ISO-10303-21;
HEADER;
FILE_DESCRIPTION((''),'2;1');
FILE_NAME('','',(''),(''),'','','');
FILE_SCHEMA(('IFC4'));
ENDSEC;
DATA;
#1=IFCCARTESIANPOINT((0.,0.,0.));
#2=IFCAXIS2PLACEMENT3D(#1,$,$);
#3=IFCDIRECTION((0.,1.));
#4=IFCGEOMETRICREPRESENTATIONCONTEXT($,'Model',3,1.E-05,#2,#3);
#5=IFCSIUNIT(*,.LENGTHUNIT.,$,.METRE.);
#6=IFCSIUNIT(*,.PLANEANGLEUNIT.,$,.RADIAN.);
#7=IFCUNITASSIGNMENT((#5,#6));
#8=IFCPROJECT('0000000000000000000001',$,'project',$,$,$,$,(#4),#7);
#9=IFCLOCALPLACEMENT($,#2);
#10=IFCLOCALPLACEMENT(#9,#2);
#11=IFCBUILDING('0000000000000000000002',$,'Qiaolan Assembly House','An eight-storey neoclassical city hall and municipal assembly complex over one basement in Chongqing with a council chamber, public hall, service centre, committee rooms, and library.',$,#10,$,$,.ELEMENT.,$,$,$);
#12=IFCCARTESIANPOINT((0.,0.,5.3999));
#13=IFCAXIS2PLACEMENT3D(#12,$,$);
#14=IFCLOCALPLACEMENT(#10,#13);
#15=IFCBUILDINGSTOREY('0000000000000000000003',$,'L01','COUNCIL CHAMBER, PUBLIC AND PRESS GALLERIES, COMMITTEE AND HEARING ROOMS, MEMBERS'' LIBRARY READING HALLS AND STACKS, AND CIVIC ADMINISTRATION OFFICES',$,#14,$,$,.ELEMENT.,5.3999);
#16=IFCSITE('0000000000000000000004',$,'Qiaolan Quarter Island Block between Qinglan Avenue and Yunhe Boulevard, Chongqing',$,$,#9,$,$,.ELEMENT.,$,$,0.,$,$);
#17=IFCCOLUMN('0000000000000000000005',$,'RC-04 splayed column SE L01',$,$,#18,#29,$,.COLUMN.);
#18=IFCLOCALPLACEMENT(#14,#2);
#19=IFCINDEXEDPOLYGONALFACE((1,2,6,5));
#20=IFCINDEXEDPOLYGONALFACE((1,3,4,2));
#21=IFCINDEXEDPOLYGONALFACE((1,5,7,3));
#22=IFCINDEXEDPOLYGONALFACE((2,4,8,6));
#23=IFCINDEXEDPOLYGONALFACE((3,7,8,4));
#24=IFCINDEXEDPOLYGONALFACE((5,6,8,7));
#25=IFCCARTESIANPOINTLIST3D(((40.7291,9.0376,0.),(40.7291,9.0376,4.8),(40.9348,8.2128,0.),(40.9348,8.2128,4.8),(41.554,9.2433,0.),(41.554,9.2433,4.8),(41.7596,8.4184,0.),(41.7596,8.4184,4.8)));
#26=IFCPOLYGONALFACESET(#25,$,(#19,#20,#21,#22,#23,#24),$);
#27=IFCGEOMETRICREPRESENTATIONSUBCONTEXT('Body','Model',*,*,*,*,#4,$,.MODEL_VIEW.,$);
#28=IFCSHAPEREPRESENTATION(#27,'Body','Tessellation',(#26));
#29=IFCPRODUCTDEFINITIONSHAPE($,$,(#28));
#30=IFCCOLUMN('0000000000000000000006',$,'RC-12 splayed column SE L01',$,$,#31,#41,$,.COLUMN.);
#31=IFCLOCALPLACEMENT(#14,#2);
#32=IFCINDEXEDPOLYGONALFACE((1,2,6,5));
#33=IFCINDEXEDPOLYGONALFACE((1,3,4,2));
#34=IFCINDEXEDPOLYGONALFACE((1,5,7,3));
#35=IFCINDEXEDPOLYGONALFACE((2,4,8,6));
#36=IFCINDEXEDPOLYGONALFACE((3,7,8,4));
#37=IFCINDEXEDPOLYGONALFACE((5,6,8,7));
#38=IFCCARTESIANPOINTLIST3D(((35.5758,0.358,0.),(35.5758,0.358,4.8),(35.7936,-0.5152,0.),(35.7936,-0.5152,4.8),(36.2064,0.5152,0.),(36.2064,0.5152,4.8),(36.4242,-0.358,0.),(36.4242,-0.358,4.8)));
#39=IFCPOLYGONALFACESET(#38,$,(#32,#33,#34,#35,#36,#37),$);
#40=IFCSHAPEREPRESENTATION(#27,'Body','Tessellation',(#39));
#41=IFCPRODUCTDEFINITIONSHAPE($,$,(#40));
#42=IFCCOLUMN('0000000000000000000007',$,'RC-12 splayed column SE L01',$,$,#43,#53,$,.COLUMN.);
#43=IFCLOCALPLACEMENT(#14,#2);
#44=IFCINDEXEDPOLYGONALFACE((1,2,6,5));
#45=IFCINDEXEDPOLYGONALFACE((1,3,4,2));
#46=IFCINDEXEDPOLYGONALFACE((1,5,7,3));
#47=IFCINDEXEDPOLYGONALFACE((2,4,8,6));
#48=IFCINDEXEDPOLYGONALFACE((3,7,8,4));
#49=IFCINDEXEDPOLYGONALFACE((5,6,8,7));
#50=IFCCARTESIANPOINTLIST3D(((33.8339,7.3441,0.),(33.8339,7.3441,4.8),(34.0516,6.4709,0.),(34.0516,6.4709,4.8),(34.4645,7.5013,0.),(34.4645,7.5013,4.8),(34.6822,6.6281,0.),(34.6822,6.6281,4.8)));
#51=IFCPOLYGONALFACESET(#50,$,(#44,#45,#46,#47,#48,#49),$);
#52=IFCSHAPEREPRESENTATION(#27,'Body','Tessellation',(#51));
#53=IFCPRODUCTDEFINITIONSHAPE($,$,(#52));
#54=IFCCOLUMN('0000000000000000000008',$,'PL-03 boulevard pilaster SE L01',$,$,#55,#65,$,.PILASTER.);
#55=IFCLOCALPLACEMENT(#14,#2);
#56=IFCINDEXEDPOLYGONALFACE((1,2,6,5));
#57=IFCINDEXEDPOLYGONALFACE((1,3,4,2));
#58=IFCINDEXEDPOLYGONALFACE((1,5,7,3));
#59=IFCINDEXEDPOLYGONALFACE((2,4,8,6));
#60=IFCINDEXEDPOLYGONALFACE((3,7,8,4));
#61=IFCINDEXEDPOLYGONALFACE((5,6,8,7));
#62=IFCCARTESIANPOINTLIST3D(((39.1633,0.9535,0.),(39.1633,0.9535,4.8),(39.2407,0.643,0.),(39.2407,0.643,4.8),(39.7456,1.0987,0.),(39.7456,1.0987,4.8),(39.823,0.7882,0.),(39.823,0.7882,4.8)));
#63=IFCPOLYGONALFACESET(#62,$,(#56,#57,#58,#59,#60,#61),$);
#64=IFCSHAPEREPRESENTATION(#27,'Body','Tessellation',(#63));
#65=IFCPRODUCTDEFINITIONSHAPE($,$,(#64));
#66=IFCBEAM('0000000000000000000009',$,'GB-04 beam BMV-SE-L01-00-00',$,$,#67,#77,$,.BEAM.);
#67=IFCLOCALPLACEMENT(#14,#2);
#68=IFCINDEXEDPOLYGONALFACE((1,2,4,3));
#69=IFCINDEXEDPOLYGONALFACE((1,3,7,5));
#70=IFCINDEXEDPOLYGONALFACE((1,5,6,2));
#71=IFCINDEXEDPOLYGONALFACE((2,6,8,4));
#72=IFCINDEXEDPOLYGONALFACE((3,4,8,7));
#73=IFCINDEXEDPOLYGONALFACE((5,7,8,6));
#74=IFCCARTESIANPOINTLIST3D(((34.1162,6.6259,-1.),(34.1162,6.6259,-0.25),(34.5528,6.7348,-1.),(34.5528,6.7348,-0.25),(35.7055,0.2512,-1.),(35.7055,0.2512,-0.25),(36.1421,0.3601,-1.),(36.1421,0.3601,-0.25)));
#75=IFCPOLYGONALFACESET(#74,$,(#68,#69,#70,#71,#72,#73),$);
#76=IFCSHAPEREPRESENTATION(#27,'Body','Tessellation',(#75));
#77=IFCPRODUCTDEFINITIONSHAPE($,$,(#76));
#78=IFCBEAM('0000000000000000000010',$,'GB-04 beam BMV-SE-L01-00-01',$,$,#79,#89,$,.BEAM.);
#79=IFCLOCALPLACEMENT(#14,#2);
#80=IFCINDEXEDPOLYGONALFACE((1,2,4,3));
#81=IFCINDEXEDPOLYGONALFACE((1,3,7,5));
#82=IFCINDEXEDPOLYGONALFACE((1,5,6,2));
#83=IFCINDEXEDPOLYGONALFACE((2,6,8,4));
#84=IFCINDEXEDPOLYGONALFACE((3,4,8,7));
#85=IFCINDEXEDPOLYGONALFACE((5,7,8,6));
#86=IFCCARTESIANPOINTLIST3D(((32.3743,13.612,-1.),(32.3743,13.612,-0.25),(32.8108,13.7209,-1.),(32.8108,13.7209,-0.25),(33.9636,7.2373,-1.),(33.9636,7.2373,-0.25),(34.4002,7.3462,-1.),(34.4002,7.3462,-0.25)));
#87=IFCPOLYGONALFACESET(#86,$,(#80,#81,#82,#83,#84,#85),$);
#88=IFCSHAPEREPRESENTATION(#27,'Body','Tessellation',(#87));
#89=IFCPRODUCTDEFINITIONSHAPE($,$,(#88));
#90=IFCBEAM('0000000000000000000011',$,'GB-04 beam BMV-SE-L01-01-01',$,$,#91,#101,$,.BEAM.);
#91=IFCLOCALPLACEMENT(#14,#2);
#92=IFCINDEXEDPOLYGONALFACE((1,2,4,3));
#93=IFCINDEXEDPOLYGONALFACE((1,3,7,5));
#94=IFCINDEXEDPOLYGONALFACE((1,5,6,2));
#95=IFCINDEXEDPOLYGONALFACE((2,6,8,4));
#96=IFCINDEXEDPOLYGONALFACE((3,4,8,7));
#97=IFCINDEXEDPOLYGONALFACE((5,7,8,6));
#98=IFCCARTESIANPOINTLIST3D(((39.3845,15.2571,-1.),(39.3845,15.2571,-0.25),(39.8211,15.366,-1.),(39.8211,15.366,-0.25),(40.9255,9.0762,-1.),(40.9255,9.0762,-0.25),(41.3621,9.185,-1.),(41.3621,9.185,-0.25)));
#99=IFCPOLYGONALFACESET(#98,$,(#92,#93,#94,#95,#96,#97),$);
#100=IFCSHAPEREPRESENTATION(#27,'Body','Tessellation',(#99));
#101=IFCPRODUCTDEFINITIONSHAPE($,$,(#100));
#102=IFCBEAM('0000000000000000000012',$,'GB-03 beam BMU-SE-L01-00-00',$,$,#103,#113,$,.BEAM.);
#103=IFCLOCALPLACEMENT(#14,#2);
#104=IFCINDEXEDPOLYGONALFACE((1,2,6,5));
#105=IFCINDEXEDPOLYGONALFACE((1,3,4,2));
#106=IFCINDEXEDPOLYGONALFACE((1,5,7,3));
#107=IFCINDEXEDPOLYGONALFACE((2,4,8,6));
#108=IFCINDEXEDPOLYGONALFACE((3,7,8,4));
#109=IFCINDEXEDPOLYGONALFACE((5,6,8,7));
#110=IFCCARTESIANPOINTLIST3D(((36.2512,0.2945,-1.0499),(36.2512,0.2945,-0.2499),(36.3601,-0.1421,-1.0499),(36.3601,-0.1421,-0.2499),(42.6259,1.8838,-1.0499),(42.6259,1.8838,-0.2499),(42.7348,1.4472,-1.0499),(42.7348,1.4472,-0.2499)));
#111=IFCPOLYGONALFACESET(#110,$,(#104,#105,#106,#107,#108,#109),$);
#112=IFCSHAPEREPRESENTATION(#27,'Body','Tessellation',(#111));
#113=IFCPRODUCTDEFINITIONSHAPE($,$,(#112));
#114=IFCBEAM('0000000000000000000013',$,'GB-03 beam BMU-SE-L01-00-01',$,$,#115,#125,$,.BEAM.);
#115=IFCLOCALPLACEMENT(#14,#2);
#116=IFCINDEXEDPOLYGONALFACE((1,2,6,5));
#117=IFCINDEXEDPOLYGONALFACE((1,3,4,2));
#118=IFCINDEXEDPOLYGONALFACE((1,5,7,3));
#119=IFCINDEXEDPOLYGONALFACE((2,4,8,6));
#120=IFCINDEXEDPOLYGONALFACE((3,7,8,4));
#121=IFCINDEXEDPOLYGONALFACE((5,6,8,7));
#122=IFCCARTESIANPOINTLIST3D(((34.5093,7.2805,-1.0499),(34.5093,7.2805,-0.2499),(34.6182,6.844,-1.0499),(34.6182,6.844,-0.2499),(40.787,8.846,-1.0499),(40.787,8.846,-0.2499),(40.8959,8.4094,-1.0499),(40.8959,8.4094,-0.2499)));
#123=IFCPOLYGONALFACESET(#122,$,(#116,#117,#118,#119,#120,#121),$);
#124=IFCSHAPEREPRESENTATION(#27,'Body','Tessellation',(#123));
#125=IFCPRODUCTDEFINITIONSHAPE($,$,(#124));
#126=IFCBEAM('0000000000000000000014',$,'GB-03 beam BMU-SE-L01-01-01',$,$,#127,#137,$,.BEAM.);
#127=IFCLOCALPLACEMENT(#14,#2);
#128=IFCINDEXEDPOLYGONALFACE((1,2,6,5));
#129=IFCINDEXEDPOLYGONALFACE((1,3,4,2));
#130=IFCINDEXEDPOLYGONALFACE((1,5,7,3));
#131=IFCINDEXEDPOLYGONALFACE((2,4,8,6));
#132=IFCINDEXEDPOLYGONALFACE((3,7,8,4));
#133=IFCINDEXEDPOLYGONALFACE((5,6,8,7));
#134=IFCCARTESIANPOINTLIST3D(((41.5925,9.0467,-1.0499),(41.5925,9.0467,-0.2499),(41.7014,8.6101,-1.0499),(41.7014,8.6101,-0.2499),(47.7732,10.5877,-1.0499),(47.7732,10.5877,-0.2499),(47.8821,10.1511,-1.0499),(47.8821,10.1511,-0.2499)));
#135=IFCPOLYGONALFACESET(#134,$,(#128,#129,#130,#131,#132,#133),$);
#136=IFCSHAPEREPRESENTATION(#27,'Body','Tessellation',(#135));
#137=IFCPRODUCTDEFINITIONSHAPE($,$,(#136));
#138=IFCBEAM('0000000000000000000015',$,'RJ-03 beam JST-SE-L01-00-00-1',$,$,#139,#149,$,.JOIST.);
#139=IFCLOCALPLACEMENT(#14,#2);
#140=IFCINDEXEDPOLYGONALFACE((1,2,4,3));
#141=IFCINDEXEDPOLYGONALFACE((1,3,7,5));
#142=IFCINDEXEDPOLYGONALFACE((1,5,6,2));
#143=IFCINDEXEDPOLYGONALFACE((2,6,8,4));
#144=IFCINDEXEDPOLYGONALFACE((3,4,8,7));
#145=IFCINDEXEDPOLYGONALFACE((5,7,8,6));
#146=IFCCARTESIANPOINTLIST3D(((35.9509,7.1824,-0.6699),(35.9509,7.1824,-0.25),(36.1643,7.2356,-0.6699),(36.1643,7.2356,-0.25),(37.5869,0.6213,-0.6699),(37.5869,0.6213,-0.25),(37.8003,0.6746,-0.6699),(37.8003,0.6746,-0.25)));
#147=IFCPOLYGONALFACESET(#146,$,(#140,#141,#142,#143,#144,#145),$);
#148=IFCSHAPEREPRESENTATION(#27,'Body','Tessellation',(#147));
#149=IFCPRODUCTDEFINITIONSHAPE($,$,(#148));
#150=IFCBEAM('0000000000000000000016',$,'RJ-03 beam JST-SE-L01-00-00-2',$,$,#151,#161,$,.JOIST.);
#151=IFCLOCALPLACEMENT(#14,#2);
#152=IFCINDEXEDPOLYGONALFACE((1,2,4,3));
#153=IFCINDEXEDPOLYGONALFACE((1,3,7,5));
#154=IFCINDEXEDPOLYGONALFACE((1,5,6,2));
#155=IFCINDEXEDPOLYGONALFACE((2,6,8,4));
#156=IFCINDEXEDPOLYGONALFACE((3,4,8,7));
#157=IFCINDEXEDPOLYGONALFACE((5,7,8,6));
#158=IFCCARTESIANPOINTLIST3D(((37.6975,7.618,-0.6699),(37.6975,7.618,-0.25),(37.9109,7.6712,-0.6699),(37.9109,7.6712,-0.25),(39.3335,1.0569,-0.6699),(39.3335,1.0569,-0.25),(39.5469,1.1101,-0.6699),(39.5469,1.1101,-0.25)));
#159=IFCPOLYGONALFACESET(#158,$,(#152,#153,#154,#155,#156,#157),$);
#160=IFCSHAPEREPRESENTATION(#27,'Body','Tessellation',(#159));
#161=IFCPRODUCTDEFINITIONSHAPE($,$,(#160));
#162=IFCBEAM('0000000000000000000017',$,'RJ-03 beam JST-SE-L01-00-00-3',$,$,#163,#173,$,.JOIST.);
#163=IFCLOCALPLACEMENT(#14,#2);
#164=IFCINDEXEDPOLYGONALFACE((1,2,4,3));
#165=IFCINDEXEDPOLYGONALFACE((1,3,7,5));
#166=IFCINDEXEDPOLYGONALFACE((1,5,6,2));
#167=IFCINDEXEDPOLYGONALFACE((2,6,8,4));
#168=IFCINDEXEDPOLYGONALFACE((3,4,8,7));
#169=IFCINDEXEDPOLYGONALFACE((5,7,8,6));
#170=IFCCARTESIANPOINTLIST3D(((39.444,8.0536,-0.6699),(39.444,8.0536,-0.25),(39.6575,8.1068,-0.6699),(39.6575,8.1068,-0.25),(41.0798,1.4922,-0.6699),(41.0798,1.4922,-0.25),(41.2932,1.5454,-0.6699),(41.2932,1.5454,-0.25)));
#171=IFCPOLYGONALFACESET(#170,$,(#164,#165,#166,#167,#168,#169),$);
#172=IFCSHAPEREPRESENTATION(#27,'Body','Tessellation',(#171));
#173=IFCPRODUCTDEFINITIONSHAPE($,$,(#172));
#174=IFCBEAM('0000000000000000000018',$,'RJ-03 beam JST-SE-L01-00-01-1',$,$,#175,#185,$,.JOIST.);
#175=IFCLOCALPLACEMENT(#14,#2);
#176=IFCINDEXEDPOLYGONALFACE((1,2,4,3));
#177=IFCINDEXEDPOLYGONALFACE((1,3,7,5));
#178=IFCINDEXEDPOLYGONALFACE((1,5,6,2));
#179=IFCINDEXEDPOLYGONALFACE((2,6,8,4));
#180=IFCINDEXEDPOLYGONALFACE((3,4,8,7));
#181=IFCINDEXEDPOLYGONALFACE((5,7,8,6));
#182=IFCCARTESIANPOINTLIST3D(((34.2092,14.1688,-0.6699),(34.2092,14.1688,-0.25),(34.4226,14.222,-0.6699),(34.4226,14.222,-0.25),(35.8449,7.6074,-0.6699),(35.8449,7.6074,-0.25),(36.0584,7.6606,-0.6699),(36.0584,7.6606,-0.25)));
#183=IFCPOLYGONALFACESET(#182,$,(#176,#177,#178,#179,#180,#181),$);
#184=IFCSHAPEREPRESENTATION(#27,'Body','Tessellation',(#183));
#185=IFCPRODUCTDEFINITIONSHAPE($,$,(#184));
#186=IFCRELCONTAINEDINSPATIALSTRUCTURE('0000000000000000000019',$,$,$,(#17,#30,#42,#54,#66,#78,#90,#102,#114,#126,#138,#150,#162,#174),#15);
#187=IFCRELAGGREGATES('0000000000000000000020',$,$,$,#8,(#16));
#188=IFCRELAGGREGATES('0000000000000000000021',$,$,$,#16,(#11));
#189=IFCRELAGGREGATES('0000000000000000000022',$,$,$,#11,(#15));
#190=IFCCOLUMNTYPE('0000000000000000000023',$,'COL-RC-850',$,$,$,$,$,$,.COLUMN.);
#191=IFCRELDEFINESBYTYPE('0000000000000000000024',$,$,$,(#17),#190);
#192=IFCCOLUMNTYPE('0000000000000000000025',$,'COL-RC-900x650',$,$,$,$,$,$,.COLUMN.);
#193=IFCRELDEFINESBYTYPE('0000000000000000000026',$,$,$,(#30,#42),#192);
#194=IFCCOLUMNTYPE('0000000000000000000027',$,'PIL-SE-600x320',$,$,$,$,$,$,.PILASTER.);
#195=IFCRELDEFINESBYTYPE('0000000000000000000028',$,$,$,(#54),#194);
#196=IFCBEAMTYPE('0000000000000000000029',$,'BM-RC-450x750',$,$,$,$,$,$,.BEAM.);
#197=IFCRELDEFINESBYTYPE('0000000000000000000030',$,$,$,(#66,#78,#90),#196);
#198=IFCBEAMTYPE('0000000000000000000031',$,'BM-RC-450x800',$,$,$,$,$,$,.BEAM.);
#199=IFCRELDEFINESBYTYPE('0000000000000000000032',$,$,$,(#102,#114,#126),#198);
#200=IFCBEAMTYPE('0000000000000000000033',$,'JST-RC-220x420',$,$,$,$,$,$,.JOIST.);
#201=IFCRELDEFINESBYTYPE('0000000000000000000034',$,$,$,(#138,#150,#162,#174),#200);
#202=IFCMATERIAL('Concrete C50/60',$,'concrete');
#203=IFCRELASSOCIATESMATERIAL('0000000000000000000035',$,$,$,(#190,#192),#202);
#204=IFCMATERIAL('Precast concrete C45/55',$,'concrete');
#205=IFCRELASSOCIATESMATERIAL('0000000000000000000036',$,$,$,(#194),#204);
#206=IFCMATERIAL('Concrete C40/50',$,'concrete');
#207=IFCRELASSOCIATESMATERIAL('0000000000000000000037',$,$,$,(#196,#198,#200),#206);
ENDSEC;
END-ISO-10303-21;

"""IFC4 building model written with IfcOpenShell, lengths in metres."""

from ifc_helpers import new_model, si_unit, direction, frame, origin, origin_2d, place, context, subcontext, project, spatial, rectangle, extrude, material, material_profile, profile_set, type_object, element, save


model = new_model("IFC4")

# Units and contexts
model_context = context("Model", 3, precision=1e-05, world=origin(), true_north=direction((0.0, 1.0)))
body_context = subcontext(model_context, "Body", "Model", "MODEL_VIEW")
ifc_project = project(units=[si_unit("LENGTHUNIT", "METRE"), si_unit("PLANEANGLEUNIT", "RADIAN")], contexts=[model_context])

# Site, building, storey
site_placement = place(None, origin())
site = spatial("IfcSite", under=ifc_project, at=site_placement, Name="Qiaolan Quarter Island Block between Qinglan Avenue and Yunhe Boulevard, Chongqing", CompositionType="ELEMENT", RefElevation=0.0)
building_placement = place(site_placement, origin())
building = spatial("IfcBuilding", under=site, at=building_placement, Name="Qiaolan Assembly House", Description="An eight-storey neoclassical city hall and municipal assembly complex over one basement in Chongqing with a council chamber, public hall, service centre, committee rooms, and library.", CompositionType="ELEMENT")
storey_placement = place(building_placement, frame((0.0, 0.0, 5.3999)))
storey = spatial("IfcBuildingStorey", under=building, at=storey_placement, Name="L01", Description="COUNCIL CHAMBER, PUBLIC AND PRESS GALLERIES, COMMITTEE AND HEARING ROOMS, MEMBERS' LIBRARY READING HALLS AND STACKS, AND CIVIC ADMINISTRATION OFFICES", CompositionType="ELEMENT", Elevation=5.3999)

# Columns
ifc_material_1 = material(Name="Concrete C50/60", Category="concrete")
ifc_material_profile_1 = material_profile(ifc_material_1, rectangle(XDim=0.8501, YDim=0.8501, at=origin_2d()), Name="RC 850x850")
ifc_profile_set_1 = profile_set([ifc_material_profile_1], Name="Concrete C50/60")
column_type_1 = type_object("IfcColumnType", Name="COL-RC-850", PredefinedType="COLUMN", material=ifc_profile_set_1)
column_1_placement = place(storey_placement, frame((41.2444, 8.728, 0.0), z_axis=(0.0, 0.0, 1.0), x_axis=(0.970296, 0.241922, 0.0)))
element("IfcColumn", 1, at=column_1_placement, inside=storey, type_object=column_type_1, Name="RC-04 splayed column SE L01", PredefinedType="COLUMN", context=body_context, shape_type="SweptSolid", body=[
    extrude(rectangle(XDim=0.8501, YDim=0.8501, at=origin_2d()), origin(), (0.0, 0.0, 1.0), 4.8),
])
ifc_material_profile_2 = material_profile(ifc_material_1, rectangle(XDim=0.6499, YDim=0.8999, at=origin_2d()), Name="RC 900x650")
ifc_profile_set_2 = profile_set([ifc_material_profile_2], Name="Concrete C50/60")
column_type_2 = type_object("IfcColumnType", Name="COL-RC-900x650", PredefinedType="COLUMN", material=ifc_profile_set_2)
for number, where, z_axis, x_axis, name in (
    (2, (36.0, 0.0, 0.0), (0.0, 0.0, 1.0), (0.970296, 0.241922, 0.0), "RC-12 splayed column SE L01"),
    (3, (34.2581, 6.9861, 0.0), (0.0, 0.0, 1.0), (0.970296, 0.241922, 0.0), "RC-12 splayed column SE L01"),
):
    element("IfcColumn", number, at=place(storey_placement, frame(where, z_axis=z_axis, x_axis=x_axis)), inside=storey, type_object=column_type_2, Name=name, PredefinedType="COLUMN", context=body_context, shape_type="SweptSolid", body=[
        extrude(rectangle(XDim=0.6499, YDim=0.8999, at=origin_2d()), origin(), (0.0, 0.0, 1.0), 4.8),
    ])
ifc_material_2 = material(Name="Precast concrete C45/55", Category="concrete")
ifc_material_profile_3 = material_profile(ifc_material_2, rectangle(XDim=0.6001, YDim=0.3201, at=origin_2d()), Name="PIL 600x320")
ifc_profile_set_3 = profile_set([ifc_material_profile_3], Name="Precast concrete C45/55")
column_type_3 = type_object("IfcColumnType", Name="PIL-SE-600x320", PredefinedType="PILASTER", material=ifc_profile_set_3)
column_2_placement = place(storey_placement, frame((39.4932, 0.8708, 0.0), z_axis=(0.0, 0.0, 1.0), x_axis=(0.970296, 0.241922, 0.0)))
element("IfcColumn", 4, at=column_2_placement, inside=storey, type_object=column_type_3, Name="PL-03 boulevard pilaster SE L01", PredefinedType="PILASTER", context=body_context, shape_type="SweptSolid", body=[
    extrude(rectangle(XDim=0.6001, YDim=0.3201, at=origin_2d()), origin(), (0.0, 0.0, 1.0), 4.8),
])

# Beams
ifc_material_3 = material(Name="Concrete C40/50", Category="concrete")
ifc_material_profile_4 = material_profile(ifc_material_3, rectangle(XDim=0.45, YDim=0.75, at=origin_2d()), Name="RCB 450x750")
ifc_profile_set_4 = profile_set([ifc_material_profile_4], Name="Concrete C40/50")
beam_type_1 = type_object("IfcBeamType", Name="BM-RC-450x750", PredefinedType="BEAM", material=ifc_profile_set_4)
for number, where, z_axis, x_axis, name in (
    (5, (35.9238, 0.3057, -0.625), (-0.241915, 0.970298, 0.0), (-0.970298, -0.241915, 0.0), "GB-04 beam BMV-SE-L01-00-00"),
    (6, (34.1819, 7.2917, -0.625), (-0.241915, 0.970298, 0.0), (-0.970298, -0.241915, 0.0), "GB-04 beam BMV-SE-L01-00-01"),
):
    element("IfcBeam", number, at=place(storey_placement, frame(where, z_axis=z_axis, x_axis=x_axis)), inside=storey, type_object=beam_type_1, Name=name, PredefinedType="BEAM", context=body_context, shape_type="SweptSolid", body=[
        extrude(rectangle(XDim=0.45, YDim=0.75, at=origin_2d()), origin(), (0.0, 0.0, 1.0), 6.5698),
    ])
beam_1_placement = place(storey_placement, frame((41.1438, 9.1306, -0.625), z_axis=(-0.241913, 0.970298, 0.0), x_axis=(-0.970298, -0.241913, 0.0)))
element("IfcBeam", 7, at=beam_1_placement, inside=storey, type_object=beam_type_1, Name="GB-04 beam BMV-SE-L01-01-01", PredefinedType="BEAM", context=body_context, shape_type="SweptSolid", body=[
    extrude(rectangle(XDim=0.45, YDim=0.75, at=origin_2d()), origin(), (0.0, 0.0, 1.0), 6.3701),
])
ifc_material_profile_5 = material_profile(ifc_material_3, rectangle(XDim=0.45, YDim=0.8, at=origin_2d()), Name="RCB 450x800")
ifc_profile_set_5 = profile_set([ifc_material_profile_5], Name="Concrete C40/50")
beam_type_2 = type_object("IfcBeamType", Name="BM-RC-450x800", PredefinedType="BEAM", material=ifc_profile_set_5)
beam_2_placement = place(storey_placement, frame((36.3057, 0.0762, -0.6499), z_axis=(0.970298, 0.241915, 0.0), x_axis=(-0.241915, 0.970298, 0.0)))
element("IfcBeam", 8, at=beam_2_placement, inside=storey, type_object=beam_type_2, Name="GB-03 beam BMU-SE-L01-00-00", PredefinedType="BEAM", context=body_context, shape_type="SweptSolid", body=[
    extrude(rectangle(XDim=0.45, YDim=0.8, at=origin_2d()), origin(), (0.0, 0.0, 1.0), 6.5698),
])
beam_3_placement = place(storey_placement, frame((34.5637, 7.0623, -0.6499), z_axis=(0.970289, 0.24195, 0.0), x_axis=(-0.24195, 0.970289, 0.0)))
element("IfcBeam", 9, at=beam_3_placement, inside=storey, type_object=beam_type_2, Name="GB-03 beam BMU-SE-L01-00-01", PredefinedType="BEAM", context=body_context, shape_type="SweptSolid", body=[
    extrude(rectangle(XDim=0.45, YDim=0.8, at=origin_2d()), origin(), (0.0, 0.0, 1.0), 6.47),
])
beam_4_placement = place(storey_placement, frame((41.647, 8.8284, -0.6499), z_axis=(0.970296, 0.241922, 0.0), x_axis=(-0.241922, 0.970296, 0.0)))
element("IfcBeam", 10, at=beam_4_placement, inside=storey, type_object=beam_type_2, Name="GB-03 beam BMU-SE-L01-01-01", PredefinedType="BEAM", context=body_context, shape_type="SweptSolid", body=[
    extrude(rectangle(XDim=0.45, YDim=0.8, at=origin_2d()), origin(), (0.0, 0.0, 1.0), 6.3699),
])
ifc_material_profile_6 = material_profile(ifc_material_3, rectangle(XDim=0.22, YDim=0.4199, at=origin_2d()), Name="RCB 220x420")
ifc_profile_set_6 = profile_set([ifc_material_profile_6], Name="Concrete C40/50")
beam_type_3 = type_object("IfcBeamType", Name="JST-RC-220x420", PredefinedType="JOIST", material=ifc_profile_set_6)
for number, where, z_axis, x_axis, name in (
    (11, (37.6936, 0.6479, -0.46), (-0.241941, 0.970291, 0.0), (-0.970291, -0.241941, 0.0), "RJ-03 beam JST-SE-L01-00-00-1"),
    (12, (39.4402, 1.0835, -0.46), (-0.241941, 0.970291, 0.0), (-0.970291, -0.241941, 0.0), "RJ-03 beam JST-SE-L01-00-00-2"),
):
    element("IfcBeam", number, at=place(storey_placement, frame(where, z_axis=z_axis, x_axis=x_axis)), inside=storey, type_object=beam_type_3, Name=name, PredefinedType="JOIST", context=body_context, shape_type="SweptSolid", body=[
        extrude(rectangle(XDim=0.22, YDim=0.4199, at=origin_2d()), origin(), (0.0, 0.0, 1.0), 6.762),
    ])
for number, where, z_axis, x_axis, name in (
    (13, (41.1865, 1.5188, -0.46), (-0.241898, 0.970302, 0.0), (-0.970302, -0.241898, 0.0), "RJ-03 beam JST-SE-L01-00-00-3"),
    (14, (35.9517, 7.634, -0.46), (-0.241898, 0.970302, 0.0), (-0.970302, -0.241898, 0.0), "RJ-03 beam JST-SE-L01-00-01-1"),
):
    element("IfcBeam", number, at=place(storey_placement, frame(where, z_axis=z_axis, x_axis=x_axis)), inside=storey, type_object=beam_type_3, Name=name, PredefinedType="JOIST", context=body_context, shape_type="SweptSolid", body=[
        extrude(rectangle(XDim=0.22, YDim=0.4199, at=origin_2d()), origin(), (0.0, 0.0, 1.0), 6.7622),
    ])

save(model, "model.ifc")
